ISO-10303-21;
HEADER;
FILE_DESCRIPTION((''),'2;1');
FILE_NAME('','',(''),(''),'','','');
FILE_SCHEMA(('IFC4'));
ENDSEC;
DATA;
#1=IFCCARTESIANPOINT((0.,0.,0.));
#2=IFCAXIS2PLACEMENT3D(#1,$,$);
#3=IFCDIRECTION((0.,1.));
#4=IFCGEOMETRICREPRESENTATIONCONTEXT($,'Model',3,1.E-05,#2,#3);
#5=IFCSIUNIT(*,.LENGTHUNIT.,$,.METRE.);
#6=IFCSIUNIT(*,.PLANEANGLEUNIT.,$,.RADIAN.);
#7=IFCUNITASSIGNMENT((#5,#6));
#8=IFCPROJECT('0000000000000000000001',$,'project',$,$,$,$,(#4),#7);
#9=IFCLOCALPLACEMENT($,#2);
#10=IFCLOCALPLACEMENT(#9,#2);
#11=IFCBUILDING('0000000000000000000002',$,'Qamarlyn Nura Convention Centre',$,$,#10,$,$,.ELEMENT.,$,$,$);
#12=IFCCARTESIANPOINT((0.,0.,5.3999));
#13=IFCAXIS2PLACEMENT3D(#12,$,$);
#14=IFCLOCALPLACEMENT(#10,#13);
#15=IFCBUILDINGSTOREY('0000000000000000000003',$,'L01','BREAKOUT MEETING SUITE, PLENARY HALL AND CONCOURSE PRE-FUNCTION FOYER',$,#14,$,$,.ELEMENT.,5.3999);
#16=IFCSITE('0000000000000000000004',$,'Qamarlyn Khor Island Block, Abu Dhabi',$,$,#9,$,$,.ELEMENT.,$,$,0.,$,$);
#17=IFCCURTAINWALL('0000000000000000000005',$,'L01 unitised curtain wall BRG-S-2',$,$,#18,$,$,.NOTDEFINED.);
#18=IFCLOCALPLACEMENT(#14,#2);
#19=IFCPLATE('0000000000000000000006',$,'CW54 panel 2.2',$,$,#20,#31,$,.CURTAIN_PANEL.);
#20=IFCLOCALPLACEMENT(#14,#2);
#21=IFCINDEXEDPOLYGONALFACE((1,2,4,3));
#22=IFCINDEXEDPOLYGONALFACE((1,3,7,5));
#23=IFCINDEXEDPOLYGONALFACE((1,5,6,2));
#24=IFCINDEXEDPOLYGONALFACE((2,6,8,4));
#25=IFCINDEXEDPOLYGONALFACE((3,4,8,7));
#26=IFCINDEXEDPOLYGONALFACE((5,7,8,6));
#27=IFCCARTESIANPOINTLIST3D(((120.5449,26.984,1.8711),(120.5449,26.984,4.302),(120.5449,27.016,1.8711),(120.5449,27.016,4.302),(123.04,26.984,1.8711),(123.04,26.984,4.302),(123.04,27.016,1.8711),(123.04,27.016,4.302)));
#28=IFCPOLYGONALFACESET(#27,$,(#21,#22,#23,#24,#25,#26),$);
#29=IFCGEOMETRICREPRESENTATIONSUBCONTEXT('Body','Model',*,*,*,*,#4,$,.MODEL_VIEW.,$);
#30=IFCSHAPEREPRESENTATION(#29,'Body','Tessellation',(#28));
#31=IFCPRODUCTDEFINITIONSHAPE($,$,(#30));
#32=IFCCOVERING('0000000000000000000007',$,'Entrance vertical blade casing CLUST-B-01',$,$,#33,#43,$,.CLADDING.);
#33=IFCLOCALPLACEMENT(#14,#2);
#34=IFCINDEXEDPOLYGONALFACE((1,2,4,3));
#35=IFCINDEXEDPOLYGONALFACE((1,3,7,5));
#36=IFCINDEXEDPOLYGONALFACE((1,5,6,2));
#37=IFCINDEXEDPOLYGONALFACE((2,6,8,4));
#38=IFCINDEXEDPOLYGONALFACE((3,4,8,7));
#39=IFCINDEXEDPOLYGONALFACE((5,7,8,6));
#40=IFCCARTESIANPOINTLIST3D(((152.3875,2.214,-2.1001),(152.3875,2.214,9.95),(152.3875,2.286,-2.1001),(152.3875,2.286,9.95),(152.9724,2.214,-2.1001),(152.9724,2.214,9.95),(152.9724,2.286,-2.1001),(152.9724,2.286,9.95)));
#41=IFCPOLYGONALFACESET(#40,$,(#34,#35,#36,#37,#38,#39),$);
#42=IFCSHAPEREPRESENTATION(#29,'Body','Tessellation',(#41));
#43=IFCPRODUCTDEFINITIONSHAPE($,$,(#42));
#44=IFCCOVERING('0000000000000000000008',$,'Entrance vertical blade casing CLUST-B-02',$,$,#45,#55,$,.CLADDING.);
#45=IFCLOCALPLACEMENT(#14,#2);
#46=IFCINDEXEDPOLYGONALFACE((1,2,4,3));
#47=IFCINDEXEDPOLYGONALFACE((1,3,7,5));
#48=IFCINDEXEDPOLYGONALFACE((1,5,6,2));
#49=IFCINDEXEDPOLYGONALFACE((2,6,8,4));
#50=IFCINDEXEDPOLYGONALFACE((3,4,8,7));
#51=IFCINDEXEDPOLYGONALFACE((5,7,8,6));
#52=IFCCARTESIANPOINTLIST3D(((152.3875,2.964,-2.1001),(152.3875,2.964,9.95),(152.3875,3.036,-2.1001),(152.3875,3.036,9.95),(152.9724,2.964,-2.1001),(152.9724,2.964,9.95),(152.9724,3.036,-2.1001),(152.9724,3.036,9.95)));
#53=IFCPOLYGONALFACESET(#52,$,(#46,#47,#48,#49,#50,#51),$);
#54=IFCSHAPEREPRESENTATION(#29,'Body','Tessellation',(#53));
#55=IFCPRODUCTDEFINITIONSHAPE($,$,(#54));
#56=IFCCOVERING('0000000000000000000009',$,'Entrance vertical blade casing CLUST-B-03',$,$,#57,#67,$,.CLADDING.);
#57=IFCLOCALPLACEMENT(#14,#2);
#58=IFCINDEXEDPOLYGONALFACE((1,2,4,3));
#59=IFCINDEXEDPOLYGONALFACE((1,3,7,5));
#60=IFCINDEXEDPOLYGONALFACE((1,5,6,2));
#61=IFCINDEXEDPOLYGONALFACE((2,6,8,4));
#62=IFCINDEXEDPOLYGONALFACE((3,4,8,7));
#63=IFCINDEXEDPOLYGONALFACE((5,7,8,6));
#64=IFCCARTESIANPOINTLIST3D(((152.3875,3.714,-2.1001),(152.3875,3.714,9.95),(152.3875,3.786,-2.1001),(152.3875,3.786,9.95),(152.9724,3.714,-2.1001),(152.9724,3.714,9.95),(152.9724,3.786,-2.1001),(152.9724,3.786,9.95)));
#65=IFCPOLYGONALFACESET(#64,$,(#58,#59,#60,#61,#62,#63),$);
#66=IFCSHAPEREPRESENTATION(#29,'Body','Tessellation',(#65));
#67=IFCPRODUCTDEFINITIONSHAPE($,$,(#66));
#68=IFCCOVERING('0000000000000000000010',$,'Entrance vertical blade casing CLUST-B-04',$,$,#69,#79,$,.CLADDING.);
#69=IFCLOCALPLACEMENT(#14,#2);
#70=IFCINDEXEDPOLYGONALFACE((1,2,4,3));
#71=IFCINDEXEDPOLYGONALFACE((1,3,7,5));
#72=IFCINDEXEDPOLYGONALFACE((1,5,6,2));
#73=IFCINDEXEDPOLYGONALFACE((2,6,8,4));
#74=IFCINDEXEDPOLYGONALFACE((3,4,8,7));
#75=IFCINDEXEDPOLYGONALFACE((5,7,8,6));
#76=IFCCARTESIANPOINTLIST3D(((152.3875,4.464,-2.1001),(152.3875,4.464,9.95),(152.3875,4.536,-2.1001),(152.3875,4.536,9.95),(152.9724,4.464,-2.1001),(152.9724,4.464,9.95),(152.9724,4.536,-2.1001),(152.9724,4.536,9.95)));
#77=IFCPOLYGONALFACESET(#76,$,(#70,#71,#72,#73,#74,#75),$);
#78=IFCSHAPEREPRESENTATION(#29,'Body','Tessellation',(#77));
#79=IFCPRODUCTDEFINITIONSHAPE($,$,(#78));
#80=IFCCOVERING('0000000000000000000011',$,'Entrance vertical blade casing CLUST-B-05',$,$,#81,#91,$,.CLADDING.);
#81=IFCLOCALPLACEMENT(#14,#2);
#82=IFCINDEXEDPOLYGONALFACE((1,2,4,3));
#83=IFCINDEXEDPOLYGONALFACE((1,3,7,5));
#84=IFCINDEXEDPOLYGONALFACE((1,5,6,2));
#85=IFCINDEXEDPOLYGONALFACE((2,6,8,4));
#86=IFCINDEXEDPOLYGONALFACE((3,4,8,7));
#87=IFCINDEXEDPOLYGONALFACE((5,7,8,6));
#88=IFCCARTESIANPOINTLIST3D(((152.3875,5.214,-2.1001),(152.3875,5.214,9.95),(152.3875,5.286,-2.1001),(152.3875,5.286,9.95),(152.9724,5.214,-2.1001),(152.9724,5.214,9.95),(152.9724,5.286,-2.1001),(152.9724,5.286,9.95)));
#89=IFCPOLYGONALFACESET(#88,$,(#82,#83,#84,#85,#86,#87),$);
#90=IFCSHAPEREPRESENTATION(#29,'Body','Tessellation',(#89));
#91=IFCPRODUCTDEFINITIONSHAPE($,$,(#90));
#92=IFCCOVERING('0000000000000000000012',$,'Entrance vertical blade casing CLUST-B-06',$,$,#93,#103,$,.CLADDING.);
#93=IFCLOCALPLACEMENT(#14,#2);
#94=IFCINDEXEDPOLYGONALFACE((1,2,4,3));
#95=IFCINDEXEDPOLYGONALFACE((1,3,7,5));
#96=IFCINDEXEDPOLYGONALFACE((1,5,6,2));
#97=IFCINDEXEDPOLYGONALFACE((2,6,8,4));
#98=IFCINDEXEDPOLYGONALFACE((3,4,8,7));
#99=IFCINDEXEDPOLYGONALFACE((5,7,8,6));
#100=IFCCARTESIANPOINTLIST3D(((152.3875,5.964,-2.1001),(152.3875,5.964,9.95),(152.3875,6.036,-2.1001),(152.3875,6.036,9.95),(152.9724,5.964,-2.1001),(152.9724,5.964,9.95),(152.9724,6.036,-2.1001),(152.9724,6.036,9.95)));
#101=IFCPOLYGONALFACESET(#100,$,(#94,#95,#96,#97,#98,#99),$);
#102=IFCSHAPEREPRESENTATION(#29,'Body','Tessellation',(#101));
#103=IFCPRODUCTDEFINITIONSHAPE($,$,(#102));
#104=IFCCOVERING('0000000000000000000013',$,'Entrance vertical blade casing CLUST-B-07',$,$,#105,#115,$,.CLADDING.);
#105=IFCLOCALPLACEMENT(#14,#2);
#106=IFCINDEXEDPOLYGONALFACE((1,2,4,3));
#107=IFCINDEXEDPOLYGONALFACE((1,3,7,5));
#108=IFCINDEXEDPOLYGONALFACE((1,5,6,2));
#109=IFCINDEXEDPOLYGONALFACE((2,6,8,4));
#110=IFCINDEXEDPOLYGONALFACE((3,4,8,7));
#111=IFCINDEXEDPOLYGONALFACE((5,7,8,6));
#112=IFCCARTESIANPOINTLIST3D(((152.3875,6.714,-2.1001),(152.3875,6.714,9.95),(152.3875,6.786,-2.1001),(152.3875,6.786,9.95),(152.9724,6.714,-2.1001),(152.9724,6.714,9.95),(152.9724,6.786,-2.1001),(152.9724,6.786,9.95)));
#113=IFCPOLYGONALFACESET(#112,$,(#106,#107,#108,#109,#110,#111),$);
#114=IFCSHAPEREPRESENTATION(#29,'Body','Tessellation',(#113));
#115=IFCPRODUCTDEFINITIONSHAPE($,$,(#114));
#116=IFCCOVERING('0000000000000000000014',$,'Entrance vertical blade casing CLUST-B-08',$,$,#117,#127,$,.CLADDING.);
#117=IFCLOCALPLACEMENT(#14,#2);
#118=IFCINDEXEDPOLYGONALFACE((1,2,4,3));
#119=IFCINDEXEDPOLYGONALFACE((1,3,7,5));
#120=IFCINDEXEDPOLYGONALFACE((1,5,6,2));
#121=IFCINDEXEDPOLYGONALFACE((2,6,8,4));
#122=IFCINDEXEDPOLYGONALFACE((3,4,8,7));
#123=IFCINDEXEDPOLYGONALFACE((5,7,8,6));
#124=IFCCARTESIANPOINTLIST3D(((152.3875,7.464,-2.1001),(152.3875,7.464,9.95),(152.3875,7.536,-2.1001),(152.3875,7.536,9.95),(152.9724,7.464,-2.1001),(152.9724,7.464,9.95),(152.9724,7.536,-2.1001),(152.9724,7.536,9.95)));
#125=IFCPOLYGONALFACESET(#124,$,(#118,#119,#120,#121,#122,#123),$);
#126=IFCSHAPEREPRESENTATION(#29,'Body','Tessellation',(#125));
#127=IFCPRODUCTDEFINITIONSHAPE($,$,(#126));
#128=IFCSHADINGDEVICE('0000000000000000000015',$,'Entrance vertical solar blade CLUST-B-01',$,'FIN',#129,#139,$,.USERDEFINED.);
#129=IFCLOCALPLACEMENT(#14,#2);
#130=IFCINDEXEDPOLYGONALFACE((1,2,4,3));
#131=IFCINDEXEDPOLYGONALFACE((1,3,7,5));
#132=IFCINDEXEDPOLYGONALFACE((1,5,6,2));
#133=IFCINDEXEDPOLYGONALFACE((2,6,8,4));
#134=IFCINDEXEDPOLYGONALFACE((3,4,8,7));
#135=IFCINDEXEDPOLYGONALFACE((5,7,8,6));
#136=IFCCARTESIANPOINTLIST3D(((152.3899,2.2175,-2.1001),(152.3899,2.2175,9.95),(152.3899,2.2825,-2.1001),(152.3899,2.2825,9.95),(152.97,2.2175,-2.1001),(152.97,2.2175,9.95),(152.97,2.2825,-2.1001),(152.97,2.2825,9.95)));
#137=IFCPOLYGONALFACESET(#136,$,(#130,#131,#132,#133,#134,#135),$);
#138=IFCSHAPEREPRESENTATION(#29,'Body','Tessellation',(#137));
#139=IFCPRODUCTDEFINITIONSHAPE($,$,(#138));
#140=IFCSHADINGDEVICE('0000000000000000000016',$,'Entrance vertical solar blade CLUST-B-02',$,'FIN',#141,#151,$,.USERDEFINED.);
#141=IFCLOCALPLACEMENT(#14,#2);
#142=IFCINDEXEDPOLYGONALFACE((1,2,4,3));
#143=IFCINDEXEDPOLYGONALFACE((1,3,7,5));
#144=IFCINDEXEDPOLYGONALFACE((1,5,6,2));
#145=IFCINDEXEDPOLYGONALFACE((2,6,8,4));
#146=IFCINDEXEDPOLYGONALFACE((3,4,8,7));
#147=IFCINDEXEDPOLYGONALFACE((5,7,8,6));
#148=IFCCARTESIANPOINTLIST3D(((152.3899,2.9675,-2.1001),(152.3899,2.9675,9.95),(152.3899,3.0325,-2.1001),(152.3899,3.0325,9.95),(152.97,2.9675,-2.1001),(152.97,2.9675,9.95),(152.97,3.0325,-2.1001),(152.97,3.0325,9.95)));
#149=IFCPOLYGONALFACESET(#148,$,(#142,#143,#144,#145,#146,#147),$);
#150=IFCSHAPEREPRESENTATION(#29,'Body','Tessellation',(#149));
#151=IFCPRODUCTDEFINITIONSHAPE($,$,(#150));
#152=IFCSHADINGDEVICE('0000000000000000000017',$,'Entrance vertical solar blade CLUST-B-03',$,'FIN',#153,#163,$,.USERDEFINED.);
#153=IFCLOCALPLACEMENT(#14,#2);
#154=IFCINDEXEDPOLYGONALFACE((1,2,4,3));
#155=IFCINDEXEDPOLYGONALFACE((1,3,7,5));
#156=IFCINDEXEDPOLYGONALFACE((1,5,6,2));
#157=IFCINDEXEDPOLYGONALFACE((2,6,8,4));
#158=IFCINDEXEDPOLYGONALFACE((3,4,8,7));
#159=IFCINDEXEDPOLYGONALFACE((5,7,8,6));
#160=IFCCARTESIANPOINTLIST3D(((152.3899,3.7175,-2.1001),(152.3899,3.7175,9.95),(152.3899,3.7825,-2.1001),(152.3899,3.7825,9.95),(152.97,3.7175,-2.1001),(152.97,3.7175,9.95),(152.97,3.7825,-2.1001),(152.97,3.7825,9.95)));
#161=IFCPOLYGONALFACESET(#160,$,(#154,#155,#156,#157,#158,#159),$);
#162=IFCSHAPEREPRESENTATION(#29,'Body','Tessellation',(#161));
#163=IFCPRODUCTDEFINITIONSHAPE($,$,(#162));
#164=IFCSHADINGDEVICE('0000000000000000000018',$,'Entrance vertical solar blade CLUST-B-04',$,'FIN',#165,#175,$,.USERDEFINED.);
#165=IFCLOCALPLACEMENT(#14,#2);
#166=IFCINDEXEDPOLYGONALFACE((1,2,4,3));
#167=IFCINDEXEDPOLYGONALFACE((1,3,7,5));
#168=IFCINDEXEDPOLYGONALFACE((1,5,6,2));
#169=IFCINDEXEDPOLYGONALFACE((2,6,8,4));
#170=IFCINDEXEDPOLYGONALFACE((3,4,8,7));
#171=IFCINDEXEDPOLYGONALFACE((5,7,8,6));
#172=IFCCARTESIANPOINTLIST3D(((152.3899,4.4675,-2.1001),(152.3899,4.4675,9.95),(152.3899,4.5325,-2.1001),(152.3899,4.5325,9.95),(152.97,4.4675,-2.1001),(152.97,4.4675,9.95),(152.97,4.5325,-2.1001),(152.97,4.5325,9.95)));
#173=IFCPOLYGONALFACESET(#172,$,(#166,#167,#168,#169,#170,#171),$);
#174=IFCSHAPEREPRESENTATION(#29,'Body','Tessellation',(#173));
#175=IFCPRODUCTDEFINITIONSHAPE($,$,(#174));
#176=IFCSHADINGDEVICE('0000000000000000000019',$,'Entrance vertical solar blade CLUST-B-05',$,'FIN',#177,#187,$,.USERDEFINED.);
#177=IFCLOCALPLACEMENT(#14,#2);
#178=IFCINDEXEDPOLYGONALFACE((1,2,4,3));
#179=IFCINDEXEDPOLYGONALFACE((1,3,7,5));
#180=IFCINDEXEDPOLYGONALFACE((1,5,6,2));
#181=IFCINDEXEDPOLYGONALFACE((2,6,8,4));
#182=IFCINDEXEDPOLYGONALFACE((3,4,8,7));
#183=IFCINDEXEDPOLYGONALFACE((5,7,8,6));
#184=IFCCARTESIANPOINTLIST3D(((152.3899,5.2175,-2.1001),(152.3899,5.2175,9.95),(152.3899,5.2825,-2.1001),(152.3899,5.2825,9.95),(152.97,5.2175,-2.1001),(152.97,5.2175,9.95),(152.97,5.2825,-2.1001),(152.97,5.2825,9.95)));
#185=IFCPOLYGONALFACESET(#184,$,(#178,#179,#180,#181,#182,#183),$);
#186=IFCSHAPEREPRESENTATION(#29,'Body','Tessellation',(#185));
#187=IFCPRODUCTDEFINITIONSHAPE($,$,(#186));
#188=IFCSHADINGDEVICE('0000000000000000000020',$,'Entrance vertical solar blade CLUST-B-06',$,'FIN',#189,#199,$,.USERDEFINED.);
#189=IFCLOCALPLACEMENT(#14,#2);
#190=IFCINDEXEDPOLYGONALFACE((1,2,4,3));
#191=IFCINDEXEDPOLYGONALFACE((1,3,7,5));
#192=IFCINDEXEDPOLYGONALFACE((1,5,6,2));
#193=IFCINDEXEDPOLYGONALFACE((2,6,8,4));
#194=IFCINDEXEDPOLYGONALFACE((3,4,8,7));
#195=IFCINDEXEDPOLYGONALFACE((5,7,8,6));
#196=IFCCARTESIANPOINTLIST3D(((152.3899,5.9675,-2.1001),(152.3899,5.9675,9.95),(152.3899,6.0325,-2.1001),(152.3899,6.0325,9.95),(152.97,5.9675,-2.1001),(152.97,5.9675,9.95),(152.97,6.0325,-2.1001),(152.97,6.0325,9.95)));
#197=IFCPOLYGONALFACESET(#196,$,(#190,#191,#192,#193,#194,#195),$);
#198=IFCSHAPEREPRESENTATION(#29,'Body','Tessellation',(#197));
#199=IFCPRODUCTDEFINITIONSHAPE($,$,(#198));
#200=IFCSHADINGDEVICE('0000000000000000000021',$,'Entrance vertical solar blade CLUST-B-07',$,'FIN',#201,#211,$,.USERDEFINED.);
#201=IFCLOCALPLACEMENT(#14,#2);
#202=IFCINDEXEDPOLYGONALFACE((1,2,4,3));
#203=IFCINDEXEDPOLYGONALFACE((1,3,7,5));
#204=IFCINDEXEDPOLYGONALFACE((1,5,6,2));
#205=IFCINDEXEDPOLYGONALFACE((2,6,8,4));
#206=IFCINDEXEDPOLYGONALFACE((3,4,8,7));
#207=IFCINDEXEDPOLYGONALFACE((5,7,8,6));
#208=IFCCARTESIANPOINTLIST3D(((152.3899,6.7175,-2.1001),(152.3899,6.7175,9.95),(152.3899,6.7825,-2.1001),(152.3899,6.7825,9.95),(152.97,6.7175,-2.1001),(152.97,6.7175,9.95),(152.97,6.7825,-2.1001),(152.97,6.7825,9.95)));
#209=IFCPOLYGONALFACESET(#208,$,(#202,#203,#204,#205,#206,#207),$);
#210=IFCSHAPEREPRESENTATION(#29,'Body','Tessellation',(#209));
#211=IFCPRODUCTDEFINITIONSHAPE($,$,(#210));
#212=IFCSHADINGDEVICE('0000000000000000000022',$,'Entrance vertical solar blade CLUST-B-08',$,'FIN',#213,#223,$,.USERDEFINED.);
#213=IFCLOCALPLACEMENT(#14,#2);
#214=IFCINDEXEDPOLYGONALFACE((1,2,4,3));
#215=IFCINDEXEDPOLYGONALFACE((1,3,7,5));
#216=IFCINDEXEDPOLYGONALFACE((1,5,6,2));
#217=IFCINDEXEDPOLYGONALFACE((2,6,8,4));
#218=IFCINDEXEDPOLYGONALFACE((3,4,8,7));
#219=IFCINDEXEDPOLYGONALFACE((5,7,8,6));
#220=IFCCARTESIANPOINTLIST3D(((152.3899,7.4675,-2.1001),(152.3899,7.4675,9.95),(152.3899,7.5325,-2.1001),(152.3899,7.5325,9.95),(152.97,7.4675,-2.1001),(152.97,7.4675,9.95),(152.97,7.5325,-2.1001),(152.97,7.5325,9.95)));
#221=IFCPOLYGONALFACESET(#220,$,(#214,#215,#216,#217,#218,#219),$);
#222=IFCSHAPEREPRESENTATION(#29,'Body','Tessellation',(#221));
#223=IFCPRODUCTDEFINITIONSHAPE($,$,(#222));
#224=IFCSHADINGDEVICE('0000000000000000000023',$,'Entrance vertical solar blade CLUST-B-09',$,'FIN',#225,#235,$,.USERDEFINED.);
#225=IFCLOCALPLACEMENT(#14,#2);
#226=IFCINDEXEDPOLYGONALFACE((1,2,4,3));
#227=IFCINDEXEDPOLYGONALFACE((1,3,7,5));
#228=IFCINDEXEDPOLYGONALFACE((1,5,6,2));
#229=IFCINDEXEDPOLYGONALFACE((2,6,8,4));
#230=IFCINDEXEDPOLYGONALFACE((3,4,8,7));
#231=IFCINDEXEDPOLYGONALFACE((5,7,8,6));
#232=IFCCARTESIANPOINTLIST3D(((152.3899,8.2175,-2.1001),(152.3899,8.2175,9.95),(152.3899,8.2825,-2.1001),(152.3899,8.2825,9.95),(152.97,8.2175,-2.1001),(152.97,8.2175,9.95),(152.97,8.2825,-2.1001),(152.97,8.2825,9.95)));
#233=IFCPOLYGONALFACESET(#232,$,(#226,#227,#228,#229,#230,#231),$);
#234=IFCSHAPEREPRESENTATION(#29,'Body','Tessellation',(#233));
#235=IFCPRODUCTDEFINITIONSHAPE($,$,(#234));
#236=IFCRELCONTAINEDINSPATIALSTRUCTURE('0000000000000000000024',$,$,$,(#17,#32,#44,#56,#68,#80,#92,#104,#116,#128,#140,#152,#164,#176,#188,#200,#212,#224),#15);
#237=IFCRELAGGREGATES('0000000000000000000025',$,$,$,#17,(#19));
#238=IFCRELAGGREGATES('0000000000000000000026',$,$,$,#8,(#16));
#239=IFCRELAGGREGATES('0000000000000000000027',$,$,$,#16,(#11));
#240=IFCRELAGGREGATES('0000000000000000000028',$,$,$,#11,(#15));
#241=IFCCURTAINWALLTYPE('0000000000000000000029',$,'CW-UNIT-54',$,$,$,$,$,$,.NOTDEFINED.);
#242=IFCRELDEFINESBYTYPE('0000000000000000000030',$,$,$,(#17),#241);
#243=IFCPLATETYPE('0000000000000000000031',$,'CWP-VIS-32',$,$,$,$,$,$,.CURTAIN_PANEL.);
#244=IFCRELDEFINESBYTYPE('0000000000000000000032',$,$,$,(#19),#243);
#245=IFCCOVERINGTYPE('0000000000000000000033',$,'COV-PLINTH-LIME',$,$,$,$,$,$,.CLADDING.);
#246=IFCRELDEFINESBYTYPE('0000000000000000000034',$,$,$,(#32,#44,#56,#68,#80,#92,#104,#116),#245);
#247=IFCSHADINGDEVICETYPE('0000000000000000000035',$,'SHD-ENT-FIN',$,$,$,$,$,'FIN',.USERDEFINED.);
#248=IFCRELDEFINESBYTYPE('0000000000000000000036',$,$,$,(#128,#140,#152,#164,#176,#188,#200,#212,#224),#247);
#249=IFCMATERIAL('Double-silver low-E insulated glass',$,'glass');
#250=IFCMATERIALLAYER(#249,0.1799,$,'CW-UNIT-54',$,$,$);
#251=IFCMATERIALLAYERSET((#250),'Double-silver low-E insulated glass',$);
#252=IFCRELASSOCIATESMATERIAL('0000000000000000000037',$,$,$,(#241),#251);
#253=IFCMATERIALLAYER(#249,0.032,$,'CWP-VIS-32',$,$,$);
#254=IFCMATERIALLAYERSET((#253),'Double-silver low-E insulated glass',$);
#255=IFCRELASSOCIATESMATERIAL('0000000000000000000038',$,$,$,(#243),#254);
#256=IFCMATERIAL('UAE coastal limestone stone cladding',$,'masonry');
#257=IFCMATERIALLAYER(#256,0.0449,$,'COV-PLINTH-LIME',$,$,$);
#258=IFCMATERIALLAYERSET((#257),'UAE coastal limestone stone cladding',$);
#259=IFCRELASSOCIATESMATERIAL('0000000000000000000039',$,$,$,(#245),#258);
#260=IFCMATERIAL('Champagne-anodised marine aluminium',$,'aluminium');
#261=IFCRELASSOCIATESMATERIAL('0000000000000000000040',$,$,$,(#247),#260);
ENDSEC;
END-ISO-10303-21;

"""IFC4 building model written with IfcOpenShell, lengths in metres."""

from ifc_helpers import new_model, si_unit, direction, frame, origin, origin_2d, place, context, subcontext, project, spatial, rectangle, extrude, material, layer, layer_set, type_object, element, aggregate, save


model = new_model("IFC4")

# Units and contexts
model_context = context("Model", 3, precision=1e-05, world=origin(), true_north=direction((0.0, 1.0)))
body_context = subcontext(model_context, "Body", "Model", "MODEL_VIEW")
ifc_project = project(units=[si_unit("LENGTHUNIT", "METRE"), si_unit("PLANEANGLEUNIT", "RADIAN")], contexts=[model_context])

# Site, building, storey
site_placement = place(None, origin())
site = spatial("IfcSite", under=ifc_project, at=site_placement, Name="Qamarlyn Khor Island Block, Abu Dhabi", CompositionType="ELEMENT", RefElevation=0.0)
building_placement = place(site_placement, origin())
building = spatial("IfcBuilding", under=site, at=building_placement, Name="Qamarlyn Nura Convention Centre", CompositionType="ELEMENT")
storey_placement = place(building_placement, frame((0.0, 0.0, 5.3999)))
storey = spatial("IfcBuildingStorey", under=building, at=storey_placement, Name="L01", Description="BREAKOUT MEETING SUITE, PLENARY HALL AND CONCOURSE PRE-FUNCTION FOYER", CompositionType="ELEMENT", Elevation=5.3999)

# Curtain wall, plate
ifc_material_1 = material(Name="Double-silver low-E insulated glass", Category="glass")
ifc_layer_1 = layer(ifc_material_1, 0.1799, Name="CW-UNIT-54")
ifc_layer_set_1 = layer_set([ifc_layer_1], Name="Double-silver low-E insulated glass")
curtain_wall_type = type_object("IfcCurtainWallType", Name="CW-UNIT-54", PredefinedType="NOTDEFINED", material=ifc_layer_set_1)
curtain_wall_placement = place(storey_placement, origin())
curtain_wall = element("IfcCurtainWall", 1, at=curtain_wall_placement, inside=storey, type_object=curtain_wall_type, Name="L01 unitised curtain wall BRG-S-2", PredefinedType="NOTDEFINED")
ifc_material_2 = material(Name="Champagne-anodised marine aluminium", Category="aluminium")
ifc_layer_2 = layer(ifc_material_1, 0.032, Name="CWP-VIS-32")
ifc_layer_set_2 = layer_set([ifc_layer_2], Name="Double-silver low-E insulated glass")
plate_type = type_object("IfcPlateType", Name="CWP-VIS-32", PredefinedType="CURTAIN_PANEL", material=ifc_layer_set_2)
plate_1_placement = place(storey_placement, frame((121.7925, 27.0, 1.8711), z_axis=(0.0, 0.0, 1.0), x_axis=(-1.0, 0.0, 0.0)))
plate_1 = element("IfcPlate", 2, at=plate_1_placement, type_object=plate_type, Name="CW54 panel 2.2", PredefinedType="CURTAIN_PANEL", context=body_context, shape_type="SweptSolid", body=[
    extrude(rectangle(XDim=2.4951, YDim=0.032, at=origin_2d()), origin(), (0.0, 0.0, 1.0), 2.4309),
])
aggregate(curtain_wall, [plate_1])

# Coverings
ifc_material_3 = material(Name="UAE coastal limestone stone cladding", Category="masonry")
ifc_layer_3 = layer(ifc_material_3, 0.0449, Name="COV-PLINTH-LIME")
ifc_layer_set_3 = layer_set([ifc_layer_3], Name="UAE coastal limestone stone cladding")
covering_type = type_object("IfcCoveringType", Name="COV-PLINTH-LIME", PredefinedType="CLADDING", material=ifc_layer_set_3)
for number, where, z_axis, x_axis, name in (
    (3, (152.6799, 2.25, -2.1001), (0.0, 0.0, 1.0), (-1.0, 0.0, 0.0), "Entrance vertical blade casing CLUST-B-01"),
    (4, (152.6799, 3.0, -2.1001), (0.0, 0.0, 1.0), (-1.0, 0.0, 0.0), "Entrance vertical blade casing CLUST-B-02"),
    (5, (152.6799, 3.75, -2.1001), (0.0, 0.0, 1.0), (-1.0, 0.0, 0.0), "Entrance vertical blade casing CLUST-B-03"),
    (6, (152.6799, 4.5, -2.1001), (0.0, 0.0, 1.0), (-1.0, 0.0, 0.0), "Entrance vertical blade casing CLUST-B-04"),
    (7, (152.6799, 5.25, -2.1001), (0.0, 0.0, 1.0), (-1.0, 0.0, 0.0), "Entrance vertical blade casing CLUST-B-05"),
    (8, (152.6799, 6.0, -2.1001), (0.0, 0.0, 1.0), (-1.0, 0.0, 0.0), "Entrance vertical blade casing CLUST-B-06"),
    (9, (152.6799, 6.75, -2.1001), (0.0, 0.0, 1.0), (-1.0, 0.0, 0.0), "Entrance vertical blade casing CLUST-B-07"),
    (10, (152.6799, 7.5, -2.1001), (0.0, 0.0, 1.0), (-1.0, 0.0, 0.0), "Entrance vertical blade casing CLUST-B-08"),
):
    element("IfcCovering", number, at=place(storey_placement, frame(where, z_axis=z_axis, x_axis=x_axis)), inside=storey, type_object=covering_type, Name=name, PredefinedType="CLADDING", context=body_context, shape_type="SweptSolid", body=[
        extrude(rectangle(XDim=0.585, YDim=0.072, at=origin_2d()), origin(), (0.0, 0.0, 1.0), 12.05),
    ])

# Shading devices
shading_device_type = type_object("IfcShadingDeviceType", Name="SHD-ENT-FIN", ElementType="FIN", PredefinedType="USERDEFINED", material=ifc_material_2)
for number, where, z_axis, x_axis, name in (
    (11, (152.6799, 2.25, -2.1001), (0.0, 0.0, 1.0), (-1.0, 0.0, 0.0), "Entrance vertical solar blade CLUST-B-01"),
    (12, (152.6799, 3.0, -2.1001), (0.0, 0.0, 1.0), (-1.0, 0.0, 0.0), "Entrance vertical solar blade CLUST-B-02"),
    (13, (152.6799, 3.75, -2.1001), (0.0, 0.0, 1.0), (-1.0, 0.0, 0.0), "Entrance vertical solar blade CLUST-B-03"),
    (14, (152.6799, 4.5, -2.1001), (0.0, 0.0, 1.0), (-1.0, 0.0, 0.0), "Entrance vertical solar blade CLUST-B-04"),
    (15, (152.6799, 5.25, -2.1001), (0.0, 0.0, 1.0), (-1.0, 0.0, 0.0), "Entrance vertical solar blade CLUST-B-05"),
    (16, (152.6799, 6.0, -2.1001), (0.0, 0.0, 1.0), (-1.0, 0.0, 0.0), "Entrance vertical solar blade CLUST-B-06"),
    (17, (152.6799, 6.75, -2.1001), (0.0, 0.0, 1.0), (-1.0, 0.0, 0.0), "Entrance vertical solar blade CLUST-B-07"),
    (18, (152.6799, 7.5, -2.1001), (0.0, 0.0, 1.0), (-1.0, 0.0, 0.0), "Entrance vertical solar blade CLUST-B-08"),
    (19, (152.6799, 8.25, -2.1001), (0.0, 0.0, 1.0), (-1.0, 0.0, 0.0), "Entrance vertical solar blade CLUST-B-09"),
):
    element("IfcShadingDevice", number, at=place(storey_placement, frame(where, z_axis=z_axis, x_axis=x_axis)), inside=storey, type_object=shading_device_type, Name=name, ObjectType="FIN", PredefinedType="USERDEFINED", context=body_context, shape_type="SweptSolid", body=[
        extrude(rectangle(XDim=0.5801, YDim=0.0649, at=origin_2d()), origin(), (0.0, 0.0, 1.0), 12.05),
    ])

save(model, "model.ifc")
